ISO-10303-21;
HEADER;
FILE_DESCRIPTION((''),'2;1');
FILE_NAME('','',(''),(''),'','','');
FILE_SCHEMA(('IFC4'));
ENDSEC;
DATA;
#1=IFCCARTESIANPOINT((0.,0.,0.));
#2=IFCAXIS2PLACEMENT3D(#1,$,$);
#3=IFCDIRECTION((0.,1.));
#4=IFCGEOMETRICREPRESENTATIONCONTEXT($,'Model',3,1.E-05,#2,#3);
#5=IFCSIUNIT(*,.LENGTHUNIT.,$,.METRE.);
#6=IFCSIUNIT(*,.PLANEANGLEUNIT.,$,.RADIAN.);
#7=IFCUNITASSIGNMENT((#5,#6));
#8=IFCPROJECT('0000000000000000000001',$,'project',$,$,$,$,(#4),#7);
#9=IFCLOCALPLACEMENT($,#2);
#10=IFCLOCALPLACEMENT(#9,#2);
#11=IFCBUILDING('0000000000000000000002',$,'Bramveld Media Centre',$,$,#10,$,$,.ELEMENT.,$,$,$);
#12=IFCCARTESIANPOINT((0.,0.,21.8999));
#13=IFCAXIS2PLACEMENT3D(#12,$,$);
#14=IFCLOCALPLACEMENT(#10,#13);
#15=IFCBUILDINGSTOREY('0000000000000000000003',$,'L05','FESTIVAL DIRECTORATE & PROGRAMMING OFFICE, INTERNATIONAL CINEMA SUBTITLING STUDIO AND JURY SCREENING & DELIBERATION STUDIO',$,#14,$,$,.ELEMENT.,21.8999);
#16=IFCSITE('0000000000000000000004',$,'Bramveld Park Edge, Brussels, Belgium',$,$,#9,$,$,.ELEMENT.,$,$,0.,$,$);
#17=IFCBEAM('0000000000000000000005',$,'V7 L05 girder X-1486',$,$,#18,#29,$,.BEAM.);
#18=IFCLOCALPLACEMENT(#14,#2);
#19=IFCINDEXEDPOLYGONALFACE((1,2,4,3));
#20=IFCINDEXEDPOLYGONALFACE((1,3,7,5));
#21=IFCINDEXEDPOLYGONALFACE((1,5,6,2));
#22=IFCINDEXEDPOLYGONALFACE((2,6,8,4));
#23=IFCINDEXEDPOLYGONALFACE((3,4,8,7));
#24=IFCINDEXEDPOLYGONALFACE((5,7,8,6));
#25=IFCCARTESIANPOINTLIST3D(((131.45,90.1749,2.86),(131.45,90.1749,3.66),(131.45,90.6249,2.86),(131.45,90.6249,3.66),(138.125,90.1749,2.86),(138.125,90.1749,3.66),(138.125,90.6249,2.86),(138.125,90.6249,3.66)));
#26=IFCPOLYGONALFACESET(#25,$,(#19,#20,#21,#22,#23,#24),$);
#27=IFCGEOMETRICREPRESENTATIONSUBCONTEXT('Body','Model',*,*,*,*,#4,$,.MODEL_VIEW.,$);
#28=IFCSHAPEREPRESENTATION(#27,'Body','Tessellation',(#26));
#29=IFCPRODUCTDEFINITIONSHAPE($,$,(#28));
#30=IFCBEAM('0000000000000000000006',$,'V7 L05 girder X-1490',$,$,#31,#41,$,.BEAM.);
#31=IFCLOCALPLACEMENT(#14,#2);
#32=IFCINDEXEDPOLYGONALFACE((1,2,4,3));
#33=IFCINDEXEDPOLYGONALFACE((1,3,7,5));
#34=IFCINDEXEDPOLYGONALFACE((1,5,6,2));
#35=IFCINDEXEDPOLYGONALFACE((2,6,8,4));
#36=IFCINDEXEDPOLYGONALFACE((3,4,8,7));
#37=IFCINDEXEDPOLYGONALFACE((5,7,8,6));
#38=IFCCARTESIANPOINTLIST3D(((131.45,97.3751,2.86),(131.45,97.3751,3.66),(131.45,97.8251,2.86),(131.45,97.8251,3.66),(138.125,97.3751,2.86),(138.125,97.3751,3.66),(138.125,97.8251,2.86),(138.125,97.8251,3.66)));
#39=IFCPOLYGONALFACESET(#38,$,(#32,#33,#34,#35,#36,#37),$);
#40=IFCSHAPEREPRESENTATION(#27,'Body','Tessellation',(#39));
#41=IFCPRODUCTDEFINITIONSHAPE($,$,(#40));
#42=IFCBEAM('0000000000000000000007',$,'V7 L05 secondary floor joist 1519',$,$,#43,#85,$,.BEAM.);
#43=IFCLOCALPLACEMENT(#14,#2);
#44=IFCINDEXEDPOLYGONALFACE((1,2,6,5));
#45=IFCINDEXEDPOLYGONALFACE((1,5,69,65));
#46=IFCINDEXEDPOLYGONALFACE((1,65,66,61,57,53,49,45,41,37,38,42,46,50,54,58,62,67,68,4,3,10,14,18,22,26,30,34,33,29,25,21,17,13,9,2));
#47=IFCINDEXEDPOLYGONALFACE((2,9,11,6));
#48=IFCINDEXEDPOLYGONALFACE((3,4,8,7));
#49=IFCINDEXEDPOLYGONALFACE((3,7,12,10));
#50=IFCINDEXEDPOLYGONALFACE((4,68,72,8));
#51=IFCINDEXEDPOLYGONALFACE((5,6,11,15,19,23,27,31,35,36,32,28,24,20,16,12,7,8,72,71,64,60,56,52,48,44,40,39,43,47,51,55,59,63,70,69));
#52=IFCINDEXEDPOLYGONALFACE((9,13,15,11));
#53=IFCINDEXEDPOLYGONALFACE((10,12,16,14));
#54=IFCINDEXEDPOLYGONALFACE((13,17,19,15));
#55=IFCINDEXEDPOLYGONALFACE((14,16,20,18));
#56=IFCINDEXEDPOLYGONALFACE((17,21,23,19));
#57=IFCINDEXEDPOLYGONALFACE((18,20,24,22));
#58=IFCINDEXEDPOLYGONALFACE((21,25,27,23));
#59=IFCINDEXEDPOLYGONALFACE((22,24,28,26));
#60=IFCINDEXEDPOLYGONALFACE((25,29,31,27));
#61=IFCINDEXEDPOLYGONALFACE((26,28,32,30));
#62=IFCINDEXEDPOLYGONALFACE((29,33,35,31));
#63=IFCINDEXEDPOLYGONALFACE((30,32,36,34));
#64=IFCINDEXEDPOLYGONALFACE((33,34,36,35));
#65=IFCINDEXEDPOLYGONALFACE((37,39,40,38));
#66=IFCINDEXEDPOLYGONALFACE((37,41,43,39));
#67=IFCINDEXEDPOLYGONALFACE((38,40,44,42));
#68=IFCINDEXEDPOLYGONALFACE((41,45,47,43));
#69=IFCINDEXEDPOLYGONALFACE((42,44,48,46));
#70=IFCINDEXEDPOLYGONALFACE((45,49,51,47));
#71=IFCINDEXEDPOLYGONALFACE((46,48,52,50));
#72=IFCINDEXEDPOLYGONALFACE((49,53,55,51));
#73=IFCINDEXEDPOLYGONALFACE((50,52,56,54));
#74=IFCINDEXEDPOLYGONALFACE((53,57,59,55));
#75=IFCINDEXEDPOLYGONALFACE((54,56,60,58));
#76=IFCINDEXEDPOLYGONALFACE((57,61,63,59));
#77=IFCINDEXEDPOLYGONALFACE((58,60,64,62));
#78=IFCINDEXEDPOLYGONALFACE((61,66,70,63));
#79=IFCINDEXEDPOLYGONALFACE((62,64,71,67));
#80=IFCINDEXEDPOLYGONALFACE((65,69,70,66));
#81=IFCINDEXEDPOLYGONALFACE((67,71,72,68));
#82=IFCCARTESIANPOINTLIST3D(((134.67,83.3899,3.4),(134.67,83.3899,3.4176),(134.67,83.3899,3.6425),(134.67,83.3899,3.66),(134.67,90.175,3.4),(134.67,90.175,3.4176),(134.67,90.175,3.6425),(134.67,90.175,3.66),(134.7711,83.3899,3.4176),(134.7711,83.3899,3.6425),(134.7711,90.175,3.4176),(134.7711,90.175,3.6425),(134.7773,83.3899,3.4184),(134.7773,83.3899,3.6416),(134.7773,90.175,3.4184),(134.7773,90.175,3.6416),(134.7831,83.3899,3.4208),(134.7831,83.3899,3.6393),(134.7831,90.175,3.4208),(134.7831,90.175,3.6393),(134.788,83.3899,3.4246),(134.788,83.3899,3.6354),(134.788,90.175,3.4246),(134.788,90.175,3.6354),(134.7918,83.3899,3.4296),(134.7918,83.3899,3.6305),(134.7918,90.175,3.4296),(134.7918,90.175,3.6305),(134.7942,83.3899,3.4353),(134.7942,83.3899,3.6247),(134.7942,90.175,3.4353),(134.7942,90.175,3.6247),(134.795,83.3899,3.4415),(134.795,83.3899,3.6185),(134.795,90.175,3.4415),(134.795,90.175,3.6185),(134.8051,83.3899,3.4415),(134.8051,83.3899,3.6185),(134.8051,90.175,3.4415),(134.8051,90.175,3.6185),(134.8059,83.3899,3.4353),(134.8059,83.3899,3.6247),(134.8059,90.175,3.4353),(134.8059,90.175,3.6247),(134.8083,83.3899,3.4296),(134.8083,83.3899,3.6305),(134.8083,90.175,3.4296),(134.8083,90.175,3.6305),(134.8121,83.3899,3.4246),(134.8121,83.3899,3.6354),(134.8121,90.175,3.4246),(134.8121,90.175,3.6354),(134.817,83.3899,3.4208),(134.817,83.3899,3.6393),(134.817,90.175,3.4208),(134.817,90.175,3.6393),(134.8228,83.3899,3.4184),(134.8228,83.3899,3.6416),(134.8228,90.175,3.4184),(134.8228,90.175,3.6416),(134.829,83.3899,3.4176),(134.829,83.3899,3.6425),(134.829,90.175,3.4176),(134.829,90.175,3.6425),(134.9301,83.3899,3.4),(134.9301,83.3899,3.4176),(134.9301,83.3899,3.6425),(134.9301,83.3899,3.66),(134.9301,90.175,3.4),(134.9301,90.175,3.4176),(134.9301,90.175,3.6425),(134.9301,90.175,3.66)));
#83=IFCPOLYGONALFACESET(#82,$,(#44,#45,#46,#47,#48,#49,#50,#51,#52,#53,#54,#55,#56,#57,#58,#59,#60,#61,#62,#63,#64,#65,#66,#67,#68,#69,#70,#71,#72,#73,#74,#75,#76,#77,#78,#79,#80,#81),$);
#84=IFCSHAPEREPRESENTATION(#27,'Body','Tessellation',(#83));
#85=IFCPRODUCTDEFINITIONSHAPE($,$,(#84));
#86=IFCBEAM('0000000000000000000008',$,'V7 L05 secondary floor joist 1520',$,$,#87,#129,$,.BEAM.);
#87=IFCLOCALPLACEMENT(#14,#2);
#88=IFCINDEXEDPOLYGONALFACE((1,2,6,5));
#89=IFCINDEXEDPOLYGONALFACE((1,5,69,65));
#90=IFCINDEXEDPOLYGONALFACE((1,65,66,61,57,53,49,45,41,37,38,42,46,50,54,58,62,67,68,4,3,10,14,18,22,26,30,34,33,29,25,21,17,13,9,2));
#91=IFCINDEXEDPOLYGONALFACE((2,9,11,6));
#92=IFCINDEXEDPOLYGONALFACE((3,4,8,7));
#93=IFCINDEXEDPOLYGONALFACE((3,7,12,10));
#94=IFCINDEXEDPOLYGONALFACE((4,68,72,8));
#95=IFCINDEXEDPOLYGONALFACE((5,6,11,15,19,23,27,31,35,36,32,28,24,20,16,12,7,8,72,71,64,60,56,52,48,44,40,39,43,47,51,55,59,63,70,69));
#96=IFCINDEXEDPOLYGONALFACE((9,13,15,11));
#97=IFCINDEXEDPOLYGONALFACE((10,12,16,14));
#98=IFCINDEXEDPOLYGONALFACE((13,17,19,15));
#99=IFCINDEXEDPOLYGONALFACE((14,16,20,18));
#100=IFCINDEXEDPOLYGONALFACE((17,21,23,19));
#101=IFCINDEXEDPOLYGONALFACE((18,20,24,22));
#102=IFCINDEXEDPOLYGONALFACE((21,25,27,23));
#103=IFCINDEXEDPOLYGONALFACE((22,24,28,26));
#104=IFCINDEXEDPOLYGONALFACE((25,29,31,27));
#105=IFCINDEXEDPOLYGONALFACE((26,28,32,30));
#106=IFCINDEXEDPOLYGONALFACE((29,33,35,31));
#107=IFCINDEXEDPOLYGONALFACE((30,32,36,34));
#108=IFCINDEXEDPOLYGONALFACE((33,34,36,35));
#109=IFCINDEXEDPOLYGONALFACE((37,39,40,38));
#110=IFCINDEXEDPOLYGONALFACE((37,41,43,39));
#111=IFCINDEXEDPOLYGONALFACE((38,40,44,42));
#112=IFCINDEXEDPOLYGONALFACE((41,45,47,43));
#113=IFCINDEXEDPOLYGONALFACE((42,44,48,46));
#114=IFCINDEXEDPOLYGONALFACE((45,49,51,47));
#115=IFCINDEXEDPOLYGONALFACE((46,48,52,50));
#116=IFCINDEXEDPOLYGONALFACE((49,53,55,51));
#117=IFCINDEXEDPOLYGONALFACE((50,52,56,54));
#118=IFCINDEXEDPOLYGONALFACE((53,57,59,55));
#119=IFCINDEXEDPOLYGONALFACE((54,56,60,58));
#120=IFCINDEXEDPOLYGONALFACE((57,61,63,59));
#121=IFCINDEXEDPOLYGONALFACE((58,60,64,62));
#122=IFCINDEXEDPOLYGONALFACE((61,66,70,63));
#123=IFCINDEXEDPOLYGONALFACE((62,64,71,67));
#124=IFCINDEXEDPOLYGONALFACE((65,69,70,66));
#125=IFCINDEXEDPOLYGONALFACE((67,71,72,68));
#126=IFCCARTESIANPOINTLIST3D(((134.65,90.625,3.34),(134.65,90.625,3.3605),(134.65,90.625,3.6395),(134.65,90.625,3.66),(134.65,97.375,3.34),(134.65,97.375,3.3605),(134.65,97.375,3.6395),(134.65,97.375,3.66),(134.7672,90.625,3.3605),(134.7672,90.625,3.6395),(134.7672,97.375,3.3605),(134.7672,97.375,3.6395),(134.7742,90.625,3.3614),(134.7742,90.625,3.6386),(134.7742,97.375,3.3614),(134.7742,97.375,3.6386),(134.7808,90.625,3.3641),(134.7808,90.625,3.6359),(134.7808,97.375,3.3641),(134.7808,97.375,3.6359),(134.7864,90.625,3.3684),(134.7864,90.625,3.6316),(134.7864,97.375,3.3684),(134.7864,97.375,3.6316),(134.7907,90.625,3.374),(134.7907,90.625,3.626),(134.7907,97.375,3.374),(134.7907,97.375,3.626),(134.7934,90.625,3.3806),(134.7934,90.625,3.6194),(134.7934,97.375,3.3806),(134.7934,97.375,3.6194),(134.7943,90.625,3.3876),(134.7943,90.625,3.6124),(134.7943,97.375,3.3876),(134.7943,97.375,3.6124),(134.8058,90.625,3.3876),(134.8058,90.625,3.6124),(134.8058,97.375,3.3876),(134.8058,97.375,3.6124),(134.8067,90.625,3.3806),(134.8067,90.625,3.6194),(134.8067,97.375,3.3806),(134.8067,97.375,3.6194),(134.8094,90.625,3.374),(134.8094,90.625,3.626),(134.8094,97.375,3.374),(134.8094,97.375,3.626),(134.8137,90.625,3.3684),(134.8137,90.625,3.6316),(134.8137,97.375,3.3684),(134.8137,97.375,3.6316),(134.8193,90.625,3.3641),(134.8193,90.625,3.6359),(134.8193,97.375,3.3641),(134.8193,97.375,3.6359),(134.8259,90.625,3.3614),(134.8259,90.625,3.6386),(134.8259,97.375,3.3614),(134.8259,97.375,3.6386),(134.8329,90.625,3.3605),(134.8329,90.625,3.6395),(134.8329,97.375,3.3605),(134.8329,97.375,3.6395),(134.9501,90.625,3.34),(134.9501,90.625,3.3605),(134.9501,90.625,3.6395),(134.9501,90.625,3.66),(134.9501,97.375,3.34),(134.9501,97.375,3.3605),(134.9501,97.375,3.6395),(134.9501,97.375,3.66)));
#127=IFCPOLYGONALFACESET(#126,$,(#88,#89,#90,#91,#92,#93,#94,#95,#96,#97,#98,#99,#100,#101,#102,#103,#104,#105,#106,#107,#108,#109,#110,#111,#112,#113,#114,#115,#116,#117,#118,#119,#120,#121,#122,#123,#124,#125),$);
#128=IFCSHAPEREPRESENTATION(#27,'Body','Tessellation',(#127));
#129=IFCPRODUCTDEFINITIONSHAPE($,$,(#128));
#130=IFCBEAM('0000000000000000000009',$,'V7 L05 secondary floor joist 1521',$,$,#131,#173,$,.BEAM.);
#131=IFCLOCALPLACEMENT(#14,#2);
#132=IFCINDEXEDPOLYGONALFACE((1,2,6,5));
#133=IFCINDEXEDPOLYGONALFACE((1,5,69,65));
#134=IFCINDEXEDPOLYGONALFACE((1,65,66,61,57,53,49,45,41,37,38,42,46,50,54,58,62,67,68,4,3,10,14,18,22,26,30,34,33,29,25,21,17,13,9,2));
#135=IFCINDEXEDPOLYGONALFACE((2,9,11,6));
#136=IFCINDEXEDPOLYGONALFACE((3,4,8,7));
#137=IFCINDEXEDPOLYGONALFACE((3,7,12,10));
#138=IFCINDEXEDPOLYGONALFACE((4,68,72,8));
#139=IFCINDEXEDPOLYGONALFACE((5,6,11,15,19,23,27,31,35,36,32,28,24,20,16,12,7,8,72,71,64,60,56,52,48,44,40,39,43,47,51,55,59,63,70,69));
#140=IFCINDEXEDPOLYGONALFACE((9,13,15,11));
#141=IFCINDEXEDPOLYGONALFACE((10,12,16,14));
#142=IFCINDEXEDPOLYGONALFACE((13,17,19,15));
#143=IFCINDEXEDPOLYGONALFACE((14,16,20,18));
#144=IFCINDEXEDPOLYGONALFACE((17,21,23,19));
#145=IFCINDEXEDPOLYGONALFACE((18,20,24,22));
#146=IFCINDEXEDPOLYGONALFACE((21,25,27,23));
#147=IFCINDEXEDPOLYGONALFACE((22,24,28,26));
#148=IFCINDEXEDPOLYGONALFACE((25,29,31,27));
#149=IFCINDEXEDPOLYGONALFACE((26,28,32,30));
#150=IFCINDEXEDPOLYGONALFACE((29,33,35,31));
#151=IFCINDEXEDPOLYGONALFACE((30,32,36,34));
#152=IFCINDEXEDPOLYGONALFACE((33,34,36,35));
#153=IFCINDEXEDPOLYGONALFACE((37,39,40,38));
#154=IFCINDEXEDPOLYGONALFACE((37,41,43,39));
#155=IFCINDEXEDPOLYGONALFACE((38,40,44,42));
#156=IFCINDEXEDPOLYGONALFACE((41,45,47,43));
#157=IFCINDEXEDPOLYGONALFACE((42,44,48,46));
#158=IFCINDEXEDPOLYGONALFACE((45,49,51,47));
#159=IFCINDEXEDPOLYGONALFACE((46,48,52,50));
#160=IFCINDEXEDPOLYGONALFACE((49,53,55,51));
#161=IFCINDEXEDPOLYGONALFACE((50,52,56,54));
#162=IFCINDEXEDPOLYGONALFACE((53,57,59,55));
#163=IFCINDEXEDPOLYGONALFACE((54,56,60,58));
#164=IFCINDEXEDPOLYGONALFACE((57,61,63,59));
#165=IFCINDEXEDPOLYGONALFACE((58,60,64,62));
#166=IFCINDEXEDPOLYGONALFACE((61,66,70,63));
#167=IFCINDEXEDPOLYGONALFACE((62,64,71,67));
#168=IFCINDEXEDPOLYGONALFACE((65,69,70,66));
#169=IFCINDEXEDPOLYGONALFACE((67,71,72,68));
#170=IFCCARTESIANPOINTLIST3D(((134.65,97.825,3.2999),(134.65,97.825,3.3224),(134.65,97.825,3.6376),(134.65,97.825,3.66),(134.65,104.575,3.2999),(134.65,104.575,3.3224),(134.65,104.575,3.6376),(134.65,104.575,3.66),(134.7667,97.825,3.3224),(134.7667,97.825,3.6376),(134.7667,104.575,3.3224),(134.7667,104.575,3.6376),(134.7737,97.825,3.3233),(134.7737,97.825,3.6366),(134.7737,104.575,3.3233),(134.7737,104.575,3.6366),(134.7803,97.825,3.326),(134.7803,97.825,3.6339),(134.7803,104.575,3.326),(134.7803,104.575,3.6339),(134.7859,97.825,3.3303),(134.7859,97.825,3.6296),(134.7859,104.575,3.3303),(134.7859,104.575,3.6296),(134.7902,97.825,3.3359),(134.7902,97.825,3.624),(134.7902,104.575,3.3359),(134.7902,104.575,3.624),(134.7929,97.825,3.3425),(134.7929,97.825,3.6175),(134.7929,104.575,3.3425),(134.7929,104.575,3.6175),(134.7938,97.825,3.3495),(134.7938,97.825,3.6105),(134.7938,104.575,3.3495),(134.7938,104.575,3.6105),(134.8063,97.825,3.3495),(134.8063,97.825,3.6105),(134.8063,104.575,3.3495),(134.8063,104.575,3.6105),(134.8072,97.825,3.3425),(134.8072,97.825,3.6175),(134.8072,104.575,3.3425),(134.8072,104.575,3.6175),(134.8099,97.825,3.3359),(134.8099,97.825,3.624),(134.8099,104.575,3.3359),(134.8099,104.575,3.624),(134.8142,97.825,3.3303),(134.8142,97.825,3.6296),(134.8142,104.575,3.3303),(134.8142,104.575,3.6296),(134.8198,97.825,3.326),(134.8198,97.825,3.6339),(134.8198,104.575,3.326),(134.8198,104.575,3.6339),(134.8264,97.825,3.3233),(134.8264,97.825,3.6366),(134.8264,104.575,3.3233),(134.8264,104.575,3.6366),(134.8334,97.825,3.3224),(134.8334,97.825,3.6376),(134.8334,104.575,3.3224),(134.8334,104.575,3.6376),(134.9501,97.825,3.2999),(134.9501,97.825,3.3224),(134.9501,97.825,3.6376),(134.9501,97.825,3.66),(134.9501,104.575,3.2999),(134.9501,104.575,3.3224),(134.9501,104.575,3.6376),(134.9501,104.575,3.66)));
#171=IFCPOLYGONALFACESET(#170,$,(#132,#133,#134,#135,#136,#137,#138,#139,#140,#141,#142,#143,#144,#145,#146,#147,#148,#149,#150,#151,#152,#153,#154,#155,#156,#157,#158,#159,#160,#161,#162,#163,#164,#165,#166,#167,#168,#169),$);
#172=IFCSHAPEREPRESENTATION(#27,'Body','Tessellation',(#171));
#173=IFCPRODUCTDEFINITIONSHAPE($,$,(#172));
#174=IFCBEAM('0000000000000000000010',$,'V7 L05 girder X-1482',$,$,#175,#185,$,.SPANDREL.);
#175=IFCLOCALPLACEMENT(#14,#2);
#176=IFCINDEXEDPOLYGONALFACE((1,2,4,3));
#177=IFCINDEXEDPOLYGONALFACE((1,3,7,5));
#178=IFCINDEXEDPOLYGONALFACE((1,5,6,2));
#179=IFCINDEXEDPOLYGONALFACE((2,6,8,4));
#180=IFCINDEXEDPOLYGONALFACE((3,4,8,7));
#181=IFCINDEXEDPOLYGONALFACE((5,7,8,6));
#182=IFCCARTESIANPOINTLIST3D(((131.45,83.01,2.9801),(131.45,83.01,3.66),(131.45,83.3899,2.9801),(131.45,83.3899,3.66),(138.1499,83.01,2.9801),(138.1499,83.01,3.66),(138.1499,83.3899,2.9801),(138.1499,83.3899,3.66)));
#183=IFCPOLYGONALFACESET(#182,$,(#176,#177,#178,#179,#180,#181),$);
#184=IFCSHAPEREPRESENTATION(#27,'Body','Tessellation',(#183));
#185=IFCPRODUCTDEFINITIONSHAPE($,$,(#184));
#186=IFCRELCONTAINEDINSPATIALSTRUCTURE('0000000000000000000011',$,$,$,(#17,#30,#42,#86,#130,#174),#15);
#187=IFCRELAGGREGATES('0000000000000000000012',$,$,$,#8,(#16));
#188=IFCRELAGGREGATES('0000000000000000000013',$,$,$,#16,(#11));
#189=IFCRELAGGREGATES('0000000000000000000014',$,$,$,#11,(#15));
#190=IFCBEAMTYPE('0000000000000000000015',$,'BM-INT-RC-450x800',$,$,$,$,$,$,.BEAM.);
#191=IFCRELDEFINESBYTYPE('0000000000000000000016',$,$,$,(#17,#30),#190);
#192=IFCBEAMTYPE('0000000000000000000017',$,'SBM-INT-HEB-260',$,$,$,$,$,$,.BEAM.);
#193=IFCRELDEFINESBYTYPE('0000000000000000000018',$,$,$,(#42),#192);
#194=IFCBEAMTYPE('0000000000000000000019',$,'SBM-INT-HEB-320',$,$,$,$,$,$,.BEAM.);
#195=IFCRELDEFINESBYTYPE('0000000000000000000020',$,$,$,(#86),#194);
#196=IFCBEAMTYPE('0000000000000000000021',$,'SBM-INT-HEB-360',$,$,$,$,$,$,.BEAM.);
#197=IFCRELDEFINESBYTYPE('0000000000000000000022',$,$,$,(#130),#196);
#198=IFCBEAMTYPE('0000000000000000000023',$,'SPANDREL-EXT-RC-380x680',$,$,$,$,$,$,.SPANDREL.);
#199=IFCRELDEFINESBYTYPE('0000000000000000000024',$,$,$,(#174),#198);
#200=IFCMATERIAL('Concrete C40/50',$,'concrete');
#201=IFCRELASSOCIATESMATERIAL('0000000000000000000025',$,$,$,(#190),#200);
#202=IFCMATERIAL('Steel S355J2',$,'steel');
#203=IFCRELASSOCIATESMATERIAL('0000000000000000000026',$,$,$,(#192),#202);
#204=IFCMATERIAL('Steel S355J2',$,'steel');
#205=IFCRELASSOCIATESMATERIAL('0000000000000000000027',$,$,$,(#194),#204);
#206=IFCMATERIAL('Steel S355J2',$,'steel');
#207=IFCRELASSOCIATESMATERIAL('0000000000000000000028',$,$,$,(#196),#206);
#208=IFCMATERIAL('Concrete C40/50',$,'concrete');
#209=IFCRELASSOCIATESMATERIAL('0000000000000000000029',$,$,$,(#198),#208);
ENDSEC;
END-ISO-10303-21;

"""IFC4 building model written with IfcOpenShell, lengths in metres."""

from ifc_helpers import new_model, si_unit, direction, frame, origin, origin_2d, place, context, subcontext, project, spatial, rectangle, i_section, extrude, material, material_profile, profile_set, type_object, element, save


model = new_model("IFC4")

# Units and contexts
model_context = context("Model", 3, precision=1e-05, world=origin(), true_north=direction((0.0, 1.0)))
body_context = subcontext(model_context, "Body", "Model", "MODEL_VIEW")
ifc_project = project(units=[si_unit("LENGTHUNIT", "METRE"), si_unit("PLANEANGLEUNIT", "RADIAN")], contexts=[model_context])

# Site, building, storey
site_placement = place(None, origin())
site = spatial("IfcSite", under=ifc_project, at=site_placement, Name="Bramveld Park Edge, Brussels, Belgium", CompositionType="ELEMENT", RefElevation=0.0)
building_placement = place(site_placement, origin())
building = spatial("IfcBuilding", under=site, at=building_placement, Name="Bramveld Media Centre", CompositionType="ELEMENT")
storey_placement = place(building_placement, frame((0.0, 0.0, 21.8999)))
storey = spatial("IfcBuildingStorey", under=building, at=storey_placement, Name="L05", Description="FESTIVAL DIRECTORATE & PROGRAMMING OFFICE, INTERNATIONAL CINEMA SUBTITLING STUDIO AND JURY SCREENING & DELIBERATION STUDIO", CompositionType="ELEMENT", Elevation=21.8999)

# Beams
ifc_material_1 = material(Name="Concrete C40/50", Category="concrete")
ifc_material_profile_1 = material_profile(ifc_material_1, rectangle(XDim=0.45, YDim=0.8, at=origin_2d()), Name="RC 450x800")
ifc_profile_set_1 = profile_set([ifc_material_profile_1], Name="Concrete C40/50")
beam_type_1 = type_object("IfcBeamType", Name="BM-INT-RC-450x800", PredefinedType="BEAM", material=ifc_profile_set_1)
for number, where, z_axis, x_axis, name in (
    (1, (131.45, 90.3999, 3.26), (1.0, 0.0, 0.0), (0.0, 1.0, 0.0), "V7 L05 girder X-1486"),
    (2, (131.45, 97.6001, 3.26), (1.0, 0.0, 0.0), (0.0, 1.0, 0.0), "V7 L05 girder X-1490"),
):
    element("IfcBeam", number, at=place(storey_placement, frame(where, z_axis=z_axis, x_axis=x_axis)), inside=storey, type_object=beam_type_1, Name=name, PredefinedType="BEAM", context=body_context, shape_type="SweptSolid", body=[
        extrude(rectangle(XDim=0.45, YDim=0.8, at=origin_2d()), origin(), (0.0, 0.0, 1.0), 6.675),
    ])
ifc_material_2 = material(Name="Steel S355J2", Category="steel")
ifc_material_profile_2 = material_profile(ifc_material_2, i_section(OverallWidth=0.26, OverallDepth=0.26, WebThickness=0.01, FlangeThickness=0.0176, FilletRadius=0.0239, at=origin_2d()), Name="HEB 260")
ifc_profile_set_2 = profile_set([ifc_material_profile_2], Name="Steel S355J2")
beam_type_2 = type_object("IfcBeamType", Name="SBM-INT-HEB-260", PredefinedType="BEAM", material=ifc_profile_set_2)
beam_1_placement = place(storey_placement, frame((134.8, 83.3899, 3.53), z_axis=(0.0, 1.0, 0.0), x_axis=(-1.0, 0.0, 0.0)))
element("IfcBeam", 3, at=beam_1_placement, inside=storey, type_object=beam_type_2, Name="V7 L05 secondary floor joist 1519", PredefinedType="BEAM", context=body_context, shape_type="SweptSolid", body=[
    extrude(i_section(OverallWidth=0.26, OverallDepth=0.26, WebThickness=0.01, FlangeThickness=0.0176, FilletRadius=0.0239, at=origin_2d()), origin(), (0.0, 0.0, 1.0), 6.7852),
])
ifc_material_3 = material(Name="Steel S355J2", Category="steel")
ifc_material_profile_3 = material_profile(ifc_material_3, i_section(OverallWidth=0.3, OverallDepth=0.3201, WebThickness=0.0115, FlangeThickness=0.0205, FilletRadius=0.0271, at=origin_2d()), Name="HEB 320")
ifc_profile_set_3 = profile_set([ifc_material_profile_3], Name="Steel S355J2")
beam_type_3 = type_object("IfcBeamType", Name="SBM-INT-HEB-320", PredefinedType="BEAM", material=ifc_profile_set_3)
beam_2_placement = place(storey_placement, frame((134.8, 90.625, 3.5), z_axis=(0.0, 1.0, 0.0), x_axis=(-1.0, 0.0, 0.0)))
element("IfcBeam", 4, at=beam_2_placement, inside=storey, type_object=beam_type_3, Name="V7 L05 secondary floor joist 1520", PredefinedType="BEAM", context=body_context, shape_type="SweptSolid", body=[
    extrude(i_section(OverallWidth=0.3, OverallDepth=0.3201, WebThickness=0.0115, FlangeThickness=0.0205, FilletRadius=0.0271, at=origin_2d()), origin(), (0.0, 0.0, 1.0), 6.75),
])
ifc_material_4 = material(Name="Steel S355J2", Category="steel")
ifc_material_profile_4 = material_profile(ifc_material_4, i_section(OverallWidth=0.3, OverallDepth=0.3601, WebThickness=0.0125, FlangeThickness=0.0225, FilletRadius=0.0271, at=origin_2d()), Name="HEB 360")
ifc_profile_set_4 = profile_set([ifc_material_profile_4], Name="Steel S355J2")
beam_type_4 = type_object("IfcBeamType", Name="SBM-INT-HEB-360", PredefinedType="BEAM", material=ifc_profile_set_4)
beam_3_placement = place(storey_placement, frame((134.8, 97.825, 3.48), z_axis=(0.0, 1.0, 0.0), x_axis=(-1.0, 0.0, 0.0)))
element("IfcBeam", 5, at=beam_3_placement, inside=storey, type_object=beam_type_4, Name="V7 L05 secondary floor joist 1521", PredefinedType="BEAM", context=body_context, shape_type="SweptSolid", body=[
    extrude(i_section(OverallWidth=0.3, OverallDepth=0.3601, WebThickness=0.0125, FlangeThickness=0.0225, FilletRadius=0.0271, at=origin_2d()), origin(), (0.0, 0.0, 1.0), 6.75),
])
ifc_material_5 = material(Name="Concrete C40/50", Category="concrete")
ifc_material_profile_5 = material_profile(ifc_material_5, rectangle(XDim=0.3799, YDim=0.6799, at=origin_2d()), Name="RC 380x680")
ifc_profile_set_5 = profile_set([ifc_material_profile_5], Name="Concrete C40/50")
beam_type_5 = type_object("IfcBeamType", Name="SPANDREL-EXT-RC-380x680", PredefinedType="SPANDREL", material=ifc_profile_set_5)
beam_4_placement = place(storey_placement, frame((131.45, 83.2, 3.3201), z_axis=(1.0, 0.0, 0.0), x_axis=(0.0, 1.0, 0.0)))
element("IfcBeam", 6, at=beam_4_placement, inside=storey, type_object=beam_type_5, Name="V7 L05 girder X-1482", PredefinedType="SPANDREL", context=body_context, shape_type="SweptSolid", body=[
    extrude(rectangle(XDim=0.3799, YDim=0.6799, at=origin_2d()), origin(), (0.0, 0.0, 1.0), 6.7),
])

save(model, "model.ifc")
